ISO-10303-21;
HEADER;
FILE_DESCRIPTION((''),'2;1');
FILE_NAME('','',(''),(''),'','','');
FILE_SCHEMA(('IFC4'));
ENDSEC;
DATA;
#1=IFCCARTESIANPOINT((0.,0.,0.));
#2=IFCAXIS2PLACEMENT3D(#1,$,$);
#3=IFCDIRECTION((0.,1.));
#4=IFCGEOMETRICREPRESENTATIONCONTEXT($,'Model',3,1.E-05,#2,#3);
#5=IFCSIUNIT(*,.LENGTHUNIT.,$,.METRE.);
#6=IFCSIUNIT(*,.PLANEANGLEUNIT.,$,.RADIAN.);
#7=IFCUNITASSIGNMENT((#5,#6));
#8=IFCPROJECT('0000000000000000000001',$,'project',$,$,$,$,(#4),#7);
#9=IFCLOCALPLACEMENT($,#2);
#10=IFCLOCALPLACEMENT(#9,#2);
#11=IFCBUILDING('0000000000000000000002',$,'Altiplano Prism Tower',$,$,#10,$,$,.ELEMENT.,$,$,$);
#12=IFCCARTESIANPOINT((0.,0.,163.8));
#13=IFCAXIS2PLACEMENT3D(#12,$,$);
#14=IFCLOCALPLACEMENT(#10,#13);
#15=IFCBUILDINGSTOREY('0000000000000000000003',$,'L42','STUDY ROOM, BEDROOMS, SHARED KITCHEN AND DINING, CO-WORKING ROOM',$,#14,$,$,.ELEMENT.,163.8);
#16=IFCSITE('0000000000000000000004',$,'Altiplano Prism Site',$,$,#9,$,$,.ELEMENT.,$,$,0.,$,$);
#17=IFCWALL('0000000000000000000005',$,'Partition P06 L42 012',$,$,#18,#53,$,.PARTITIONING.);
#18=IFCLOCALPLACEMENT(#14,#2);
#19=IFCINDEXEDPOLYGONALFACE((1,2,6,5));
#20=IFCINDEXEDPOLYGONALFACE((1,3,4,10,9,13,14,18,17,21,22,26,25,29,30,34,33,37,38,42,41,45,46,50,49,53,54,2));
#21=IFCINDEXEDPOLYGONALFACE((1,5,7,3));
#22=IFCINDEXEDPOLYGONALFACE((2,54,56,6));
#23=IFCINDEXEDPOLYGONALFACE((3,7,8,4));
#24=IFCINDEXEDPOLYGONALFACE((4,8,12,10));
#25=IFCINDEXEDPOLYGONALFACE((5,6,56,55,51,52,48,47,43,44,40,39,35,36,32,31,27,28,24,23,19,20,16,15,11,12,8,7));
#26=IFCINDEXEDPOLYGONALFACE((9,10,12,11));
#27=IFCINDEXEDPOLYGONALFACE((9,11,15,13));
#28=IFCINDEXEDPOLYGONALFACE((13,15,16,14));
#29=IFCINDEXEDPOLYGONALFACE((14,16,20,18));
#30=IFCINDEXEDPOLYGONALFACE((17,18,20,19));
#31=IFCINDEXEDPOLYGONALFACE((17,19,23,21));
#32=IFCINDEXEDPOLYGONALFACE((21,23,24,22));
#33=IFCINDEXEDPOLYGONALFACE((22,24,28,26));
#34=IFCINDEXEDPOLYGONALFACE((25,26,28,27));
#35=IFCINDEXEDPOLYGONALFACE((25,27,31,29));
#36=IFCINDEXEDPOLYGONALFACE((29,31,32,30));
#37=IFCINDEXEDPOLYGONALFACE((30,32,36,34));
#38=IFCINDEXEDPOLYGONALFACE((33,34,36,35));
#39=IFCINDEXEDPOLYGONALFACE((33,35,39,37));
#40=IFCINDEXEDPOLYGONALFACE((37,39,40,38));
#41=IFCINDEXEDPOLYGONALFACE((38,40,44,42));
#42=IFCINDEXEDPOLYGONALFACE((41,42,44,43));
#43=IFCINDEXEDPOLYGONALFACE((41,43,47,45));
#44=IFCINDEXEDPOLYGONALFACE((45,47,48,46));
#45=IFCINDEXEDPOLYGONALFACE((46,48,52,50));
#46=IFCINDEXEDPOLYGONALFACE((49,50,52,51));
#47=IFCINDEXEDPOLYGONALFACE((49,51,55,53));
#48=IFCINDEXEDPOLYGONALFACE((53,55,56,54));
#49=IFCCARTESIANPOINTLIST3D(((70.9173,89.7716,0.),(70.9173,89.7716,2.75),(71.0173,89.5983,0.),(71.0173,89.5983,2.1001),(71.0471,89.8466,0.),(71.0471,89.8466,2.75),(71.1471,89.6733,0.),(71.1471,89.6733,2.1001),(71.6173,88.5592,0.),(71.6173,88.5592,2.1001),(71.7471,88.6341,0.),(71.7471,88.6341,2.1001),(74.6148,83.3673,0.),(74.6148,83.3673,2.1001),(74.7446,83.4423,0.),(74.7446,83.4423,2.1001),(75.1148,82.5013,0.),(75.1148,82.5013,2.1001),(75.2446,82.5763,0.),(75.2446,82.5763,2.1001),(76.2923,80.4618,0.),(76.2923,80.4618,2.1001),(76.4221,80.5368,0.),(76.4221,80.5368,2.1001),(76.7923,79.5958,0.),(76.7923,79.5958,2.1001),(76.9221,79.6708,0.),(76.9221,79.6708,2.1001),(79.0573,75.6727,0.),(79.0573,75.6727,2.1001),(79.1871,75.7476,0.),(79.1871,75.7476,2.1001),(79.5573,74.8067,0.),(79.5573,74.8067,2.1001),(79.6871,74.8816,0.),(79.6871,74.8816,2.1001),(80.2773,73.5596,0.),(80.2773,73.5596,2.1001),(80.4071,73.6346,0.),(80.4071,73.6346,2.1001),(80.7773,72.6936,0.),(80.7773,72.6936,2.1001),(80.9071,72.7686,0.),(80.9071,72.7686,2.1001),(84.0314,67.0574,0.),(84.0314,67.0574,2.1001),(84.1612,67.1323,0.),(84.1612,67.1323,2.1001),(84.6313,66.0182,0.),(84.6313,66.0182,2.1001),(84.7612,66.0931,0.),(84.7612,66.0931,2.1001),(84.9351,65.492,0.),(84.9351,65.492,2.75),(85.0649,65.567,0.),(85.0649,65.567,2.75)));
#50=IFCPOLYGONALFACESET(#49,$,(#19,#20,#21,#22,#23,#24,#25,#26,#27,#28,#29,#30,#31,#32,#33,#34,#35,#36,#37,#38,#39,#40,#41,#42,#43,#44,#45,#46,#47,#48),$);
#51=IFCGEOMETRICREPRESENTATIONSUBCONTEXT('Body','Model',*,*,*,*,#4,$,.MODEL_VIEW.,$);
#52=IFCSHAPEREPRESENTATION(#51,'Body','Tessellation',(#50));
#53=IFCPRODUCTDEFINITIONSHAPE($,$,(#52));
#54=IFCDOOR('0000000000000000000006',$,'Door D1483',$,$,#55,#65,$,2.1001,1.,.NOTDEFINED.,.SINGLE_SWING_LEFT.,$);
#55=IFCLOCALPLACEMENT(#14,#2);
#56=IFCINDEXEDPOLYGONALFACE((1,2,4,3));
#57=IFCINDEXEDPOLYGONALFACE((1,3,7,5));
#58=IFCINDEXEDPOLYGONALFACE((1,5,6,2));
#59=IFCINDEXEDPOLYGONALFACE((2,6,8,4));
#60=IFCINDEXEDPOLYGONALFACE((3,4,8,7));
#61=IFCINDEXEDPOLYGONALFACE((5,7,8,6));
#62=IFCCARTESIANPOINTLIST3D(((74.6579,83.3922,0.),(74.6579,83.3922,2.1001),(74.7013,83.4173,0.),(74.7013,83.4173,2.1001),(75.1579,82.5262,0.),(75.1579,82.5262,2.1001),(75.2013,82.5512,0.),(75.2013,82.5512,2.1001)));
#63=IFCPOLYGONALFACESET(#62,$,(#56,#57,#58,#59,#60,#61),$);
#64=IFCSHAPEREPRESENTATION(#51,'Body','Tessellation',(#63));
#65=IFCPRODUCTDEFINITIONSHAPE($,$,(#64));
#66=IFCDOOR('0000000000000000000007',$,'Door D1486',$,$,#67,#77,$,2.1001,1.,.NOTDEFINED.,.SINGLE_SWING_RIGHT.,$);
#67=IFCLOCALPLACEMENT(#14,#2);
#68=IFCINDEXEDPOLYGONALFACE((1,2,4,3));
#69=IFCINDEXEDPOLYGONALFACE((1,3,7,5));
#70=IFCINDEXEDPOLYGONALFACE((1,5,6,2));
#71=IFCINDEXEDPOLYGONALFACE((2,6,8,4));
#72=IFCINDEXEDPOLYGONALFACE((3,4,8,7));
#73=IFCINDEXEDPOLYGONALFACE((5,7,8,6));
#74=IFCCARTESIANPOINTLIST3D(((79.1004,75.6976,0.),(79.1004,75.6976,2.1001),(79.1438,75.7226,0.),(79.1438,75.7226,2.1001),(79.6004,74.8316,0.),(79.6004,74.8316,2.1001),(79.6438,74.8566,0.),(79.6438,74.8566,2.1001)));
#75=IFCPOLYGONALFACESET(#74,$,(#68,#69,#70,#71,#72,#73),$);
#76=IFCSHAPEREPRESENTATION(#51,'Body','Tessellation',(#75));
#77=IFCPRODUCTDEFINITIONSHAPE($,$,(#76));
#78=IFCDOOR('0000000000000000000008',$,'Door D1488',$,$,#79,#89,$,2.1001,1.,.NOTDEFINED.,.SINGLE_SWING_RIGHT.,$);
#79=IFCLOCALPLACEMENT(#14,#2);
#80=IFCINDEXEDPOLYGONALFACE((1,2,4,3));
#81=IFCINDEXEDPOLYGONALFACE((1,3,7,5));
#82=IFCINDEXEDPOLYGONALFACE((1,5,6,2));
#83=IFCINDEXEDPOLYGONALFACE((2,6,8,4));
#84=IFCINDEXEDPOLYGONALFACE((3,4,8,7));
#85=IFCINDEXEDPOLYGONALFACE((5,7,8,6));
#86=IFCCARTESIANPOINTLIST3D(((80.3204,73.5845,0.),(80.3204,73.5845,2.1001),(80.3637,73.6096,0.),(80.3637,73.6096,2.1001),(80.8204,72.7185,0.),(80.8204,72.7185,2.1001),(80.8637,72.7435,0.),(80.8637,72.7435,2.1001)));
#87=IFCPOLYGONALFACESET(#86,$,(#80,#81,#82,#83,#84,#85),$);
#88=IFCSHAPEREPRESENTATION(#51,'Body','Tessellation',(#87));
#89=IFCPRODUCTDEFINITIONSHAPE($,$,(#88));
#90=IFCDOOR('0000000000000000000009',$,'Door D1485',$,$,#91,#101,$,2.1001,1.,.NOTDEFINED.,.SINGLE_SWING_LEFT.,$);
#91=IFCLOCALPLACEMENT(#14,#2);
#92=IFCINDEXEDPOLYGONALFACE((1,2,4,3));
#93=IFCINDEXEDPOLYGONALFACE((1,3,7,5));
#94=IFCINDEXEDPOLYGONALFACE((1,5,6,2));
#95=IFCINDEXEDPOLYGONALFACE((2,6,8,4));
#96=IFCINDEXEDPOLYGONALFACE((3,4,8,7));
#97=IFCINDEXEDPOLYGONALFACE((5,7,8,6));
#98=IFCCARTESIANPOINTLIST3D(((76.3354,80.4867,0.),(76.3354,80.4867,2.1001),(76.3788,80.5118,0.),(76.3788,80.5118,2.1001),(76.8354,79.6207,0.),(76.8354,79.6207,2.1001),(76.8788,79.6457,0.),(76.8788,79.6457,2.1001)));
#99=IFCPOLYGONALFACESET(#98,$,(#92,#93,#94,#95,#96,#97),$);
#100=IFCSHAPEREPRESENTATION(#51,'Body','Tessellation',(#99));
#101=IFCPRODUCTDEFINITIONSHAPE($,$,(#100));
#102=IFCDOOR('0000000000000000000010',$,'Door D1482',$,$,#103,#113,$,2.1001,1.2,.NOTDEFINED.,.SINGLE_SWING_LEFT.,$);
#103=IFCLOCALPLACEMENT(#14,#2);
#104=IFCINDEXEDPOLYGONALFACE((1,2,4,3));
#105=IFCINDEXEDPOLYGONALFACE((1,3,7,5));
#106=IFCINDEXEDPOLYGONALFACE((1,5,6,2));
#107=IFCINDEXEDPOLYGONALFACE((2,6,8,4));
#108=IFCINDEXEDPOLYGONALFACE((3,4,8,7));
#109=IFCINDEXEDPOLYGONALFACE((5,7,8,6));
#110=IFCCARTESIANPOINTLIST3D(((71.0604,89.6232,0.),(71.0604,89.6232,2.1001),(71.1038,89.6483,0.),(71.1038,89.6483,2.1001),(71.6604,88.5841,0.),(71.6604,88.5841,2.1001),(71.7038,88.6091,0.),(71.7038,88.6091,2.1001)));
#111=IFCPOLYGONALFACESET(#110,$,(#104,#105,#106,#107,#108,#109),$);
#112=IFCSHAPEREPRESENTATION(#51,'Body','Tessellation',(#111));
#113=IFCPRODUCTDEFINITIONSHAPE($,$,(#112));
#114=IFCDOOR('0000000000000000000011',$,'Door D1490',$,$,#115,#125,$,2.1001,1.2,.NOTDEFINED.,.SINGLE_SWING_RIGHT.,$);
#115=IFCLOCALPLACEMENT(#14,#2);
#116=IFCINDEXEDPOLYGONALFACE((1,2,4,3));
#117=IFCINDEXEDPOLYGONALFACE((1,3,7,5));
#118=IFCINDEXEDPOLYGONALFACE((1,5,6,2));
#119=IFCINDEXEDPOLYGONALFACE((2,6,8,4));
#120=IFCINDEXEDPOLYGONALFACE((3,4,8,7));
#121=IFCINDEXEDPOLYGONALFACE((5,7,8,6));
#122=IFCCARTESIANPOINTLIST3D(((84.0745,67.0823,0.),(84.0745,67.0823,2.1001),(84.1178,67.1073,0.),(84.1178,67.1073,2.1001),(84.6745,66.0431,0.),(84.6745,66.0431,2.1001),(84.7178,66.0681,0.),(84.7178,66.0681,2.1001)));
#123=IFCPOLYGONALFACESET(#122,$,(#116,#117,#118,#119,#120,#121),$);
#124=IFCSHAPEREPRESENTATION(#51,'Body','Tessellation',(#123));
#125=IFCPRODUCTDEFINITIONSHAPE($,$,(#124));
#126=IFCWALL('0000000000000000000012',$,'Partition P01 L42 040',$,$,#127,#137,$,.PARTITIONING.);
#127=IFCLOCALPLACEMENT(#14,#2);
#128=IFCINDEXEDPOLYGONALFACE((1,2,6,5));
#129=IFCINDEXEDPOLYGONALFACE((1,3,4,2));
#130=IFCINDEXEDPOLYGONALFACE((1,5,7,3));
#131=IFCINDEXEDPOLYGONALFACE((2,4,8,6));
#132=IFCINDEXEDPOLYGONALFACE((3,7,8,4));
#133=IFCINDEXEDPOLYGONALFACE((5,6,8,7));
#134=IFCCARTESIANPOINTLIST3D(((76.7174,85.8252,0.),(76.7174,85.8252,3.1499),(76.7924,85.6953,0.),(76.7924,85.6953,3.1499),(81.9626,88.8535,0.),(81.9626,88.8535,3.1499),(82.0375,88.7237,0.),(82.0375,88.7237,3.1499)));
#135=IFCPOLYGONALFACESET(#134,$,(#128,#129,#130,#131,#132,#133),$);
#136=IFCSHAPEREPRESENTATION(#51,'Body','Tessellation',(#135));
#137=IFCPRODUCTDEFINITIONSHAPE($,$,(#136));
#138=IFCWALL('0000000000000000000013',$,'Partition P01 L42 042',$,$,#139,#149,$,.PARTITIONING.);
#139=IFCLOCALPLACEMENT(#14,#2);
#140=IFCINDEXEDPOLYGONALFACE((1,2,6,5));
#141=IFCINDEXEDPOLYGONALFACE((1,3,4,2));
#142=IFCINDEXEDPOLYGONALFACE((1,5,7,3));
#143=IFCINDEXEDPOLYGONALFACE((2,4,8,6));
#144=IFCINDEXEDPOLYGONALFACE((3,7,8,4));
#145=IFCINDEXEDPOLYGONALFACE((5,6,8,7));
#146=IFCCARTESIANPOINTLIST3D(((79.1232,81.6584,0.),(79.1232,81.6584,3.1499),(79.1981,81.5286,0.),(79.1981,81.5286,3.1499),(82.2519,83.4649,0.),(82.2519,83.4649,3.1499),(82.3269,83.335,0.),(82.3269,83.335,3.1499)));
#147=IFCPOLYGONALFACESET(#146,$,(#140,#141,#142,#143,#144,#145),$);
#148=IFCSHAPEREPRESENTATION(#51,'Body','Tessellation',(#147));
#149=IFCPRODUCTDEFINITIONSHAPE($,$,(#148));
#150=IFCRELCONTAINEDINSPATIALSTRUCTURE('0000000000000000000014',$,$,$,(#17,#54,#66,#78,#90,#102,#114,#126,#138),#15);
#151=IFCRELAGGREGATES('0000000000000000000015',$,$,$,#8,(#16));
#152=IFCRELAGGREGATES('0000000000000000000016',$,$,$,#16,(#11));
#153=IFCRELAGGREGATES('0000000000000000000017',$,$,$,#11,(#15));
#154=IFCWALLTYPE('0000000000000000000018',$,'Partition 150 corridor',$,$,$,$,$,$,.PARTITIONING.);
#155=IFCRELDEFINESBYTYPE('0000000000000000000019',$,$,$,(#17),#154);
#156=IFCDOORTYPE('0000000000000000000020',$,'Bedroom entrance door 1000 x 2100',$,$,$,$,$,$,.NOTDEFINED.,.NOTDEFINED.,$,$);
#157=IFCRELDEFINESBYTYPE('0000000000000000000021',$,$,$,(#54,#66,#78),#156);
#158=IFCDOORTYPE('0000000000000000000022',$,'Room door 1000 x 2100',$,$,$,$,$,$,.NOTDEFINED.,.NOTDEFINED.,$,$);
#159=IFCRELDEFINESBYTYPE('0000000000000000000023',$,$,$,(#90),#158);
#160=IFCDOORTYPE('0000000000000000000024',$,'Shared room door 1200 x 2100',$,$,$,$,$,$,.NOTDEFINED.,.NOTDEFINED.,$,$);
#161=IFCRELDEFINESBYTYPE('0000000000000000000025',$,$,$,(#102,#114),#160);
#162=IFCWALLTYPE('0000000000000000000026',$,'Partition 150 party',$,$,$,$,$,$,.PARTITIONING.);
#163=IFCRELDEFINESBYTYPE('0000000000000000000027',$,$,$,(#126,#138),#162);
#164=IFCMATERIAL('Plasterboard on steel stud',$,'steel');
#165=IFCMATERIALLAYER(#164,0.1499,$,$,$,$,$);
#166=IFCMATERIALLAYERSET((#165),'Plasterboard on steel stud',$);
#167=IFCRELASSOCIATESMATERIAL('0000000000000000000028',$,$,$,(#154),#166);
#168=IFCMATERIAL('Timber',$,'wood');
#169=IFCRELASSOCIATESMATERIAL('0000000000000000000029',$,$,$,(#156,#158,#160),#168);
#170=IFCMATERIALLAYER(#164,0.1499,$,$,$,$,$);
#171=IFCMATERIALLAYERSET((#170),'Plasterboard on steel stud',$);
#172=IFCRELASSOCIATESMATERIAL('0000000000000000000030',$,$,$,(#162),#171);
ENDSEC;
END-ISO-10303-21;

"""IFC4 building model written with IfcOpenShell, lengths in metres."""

from ifc_helpers import new_model, si_unit, direction, frame, frame_2d, origin, place, context, subcontext, project, spatial, rectangle, extrude, material, layer, layer_set, type_object, element, fill, save


model = new_model("IFC4")

# Units and contexts
model_context = context("Model", 3, precision=1e-05, world=origin(), true_north=direction((0.0, 1.0)))
body_context = subcontext(model_context, "Body", "Model", "MODEL_VIEW")
ifc_project = project(units=[si_unit("LENGTHUNIT", "METRE"), si_unit("PLANEANGLEUNIT", "RADIAN")], contexts=[model_context])

# Site, building, storey
site_placement = place(None, origin())
site = spatial("IfcSite", under=ifc_project, at=site_placement, Name="Altiplano Prism Site", CompositionType="ELEMENT", RefElevation=0.0)
building_placement = place(site_placement, origin())
building = spatial("IfcBuilding", under=site, at=building_placement, Name="Altiplano Prism Tower", CompositionType="ELEMENT")
storey_placement = place(building_placement, frame((0.0, 0.0, 163.8)))
storey = spatial("IfcBuildingStorey", under=building, at=storey_placement, Name="L42", Description="STUDY ROOM, BEDROOMS, SHARED KITCHEN AND DINING, CO-WORKING ROOM", CompositionType="ELEMENT", Elevation=163.8)

# Shared definitions
ifc_material_1 = material(Name="Plasterboard on steel stud", Category="steel")
ifc_material_2 = material(Name="Timber", Category="wood")

# Shared definitions
ifc_layer_1 = layer(ifc_material_1, 0.1499)
ifc_layer_set_1 = layer_set([ifc_layer_1], Name="Plasterboard on steel stud")
wall_type_1 = type_object("IfcWallType", Name="Partition 150 corridor", PredefinedType="PARTITIONING", material=ifc_layer_set_1)

# Wall, openings, doors
wall_1_placement = place(storey_placement, frame((70.9822, 89.8091, 0.0), z_axis=(0.0, 0.0, 1.0), x_axis=(0.500001, -0.866025, 0.0)))
wall_1 = element("IfcWall", 1, at=wall_1_placement, inside=storey, type_object=wall_type_1, Name="Partition P06 L42 012", PredefinedType="PARTITIONING", context=body_context, shape_type="SweptSolid", body=[
    extrude(rectangle(XDim=28.0356, YDim=0.1499, at=frame_2d((14.0178, 0.0))), origin(), (0.0, 0.0, 1.0), 2.75),
])
opening_1_placement = place(wall_1_placement, frame((0.2, 0.0, 0.0)))
opening_1 = element("IfcOpeningElement", 2, at=opening_1_placement, cuts=wall_1, PredefinedType="OPENING", context=body_context, shape_type="SweptSolid", body=[
    extrude(rectangle(XDim=1.2, YDim=2.1001, at=frame_2d((0.6001, 1.05))), frame((0.0, 0.0854, 0.0), z_axis=(0.0, -1.0, 0.0), x_axis=(1.0, 0.0, 0.0)), (0.0, 0.0, 1.0), 0.1709),
])
opening_2_placement = place(wall_1_placement, frame((7.395, 0.0, 0.0)))
opening_2 = element("IfcOpeningElement", 3, at=opening_2_placement, cuts=wall_1, PredefinedType="OPENING", context=body_context, shape_type="SweptSolid", body=[
    extrude(rectangle(XDim=1.0, YDim=2.1001, at=frame_2d((0.5, 1.05))), frame((0.0, 0.0854, 0.0), z_axis=(0.0, -1.0, 0.0), x_axis=(1.0, 0.0, 0.0)), (0.0, 0.0, 1.0), 0.1709),
])
opening_3_placement = place(wall_1_placement, frame((10.75, 0.0, 0.0)))
opening_3 = element("IfcOpeningElement", 4, at=opening_3_placement, cuts=wall_1, PredefinedType="OPENING", context=body_context, shape_type="SweptSolid", body=[
    extrude(rectangle(XDim=1.0, YDim=2.1001, at=frame_2d((0.5, 1.05))), frame((0.0, 0.0854, 0.0), z_axis=(0.0, -1.0, 0.0), x_axis=(1.0, 0.0, 0.0)), (0.0, 0.0, 1.0), 0.1709),
])
opening_4_placement = place(wall_1_placement, frame((16.28, 0.0, 0.0)))
opening_4 = element("IfcOpeningElement", 5, at=opening_4_placement, cuts=wall_1, PredefinedType="OPENING", context=body_context, shape_type="SweptSolid", body=[
    extrude(rectangle(XDim=1.0, YDim=2.1001, at=frame_2d((0.5, 1.05))), frame((0.0, 0.0854, 0.0), z_axis=(0.0, -1.0, 0.0), x_axis=(1.0, 0.0, 0.0)), (0.0, 0.0, 1.0), 0.1709),
])
opening_5_placement = place(wall_1_placement, frame((18.72, 0.0, 0.0)))
opening_5 = element("IfcOpeningElement", 6, at=opening_5_placement, cuts=wall_1, PredefinedType="OPENING", context=body_context, shape_type="SweptSolid", body=[
    extrude(rectangle(XDim=1.0, YDim=2.1001, at=frame_2d((0.5, 1.05))), frame((0.0, 0.0854, 0.0), z_axis=(0.0, -1.0, 0.0), x_axis=(1.0, 0.0, 0.0)), (0.0, 0.0, 1.0), 0.1709),
])
opening_6_placement = place(wall_1_placement, frame((26.228, 0.0, 0.0)))
opening_6 = element("IfcOpeningElement", 7, at=opening_6_placement, cuts=wall_1, PredefinedType="OPENING", context=body_context, shape_type="SweptSolid", body=[
    extrude(rectangle(XDim=1.2, YDim=2.1001, at=frame_2d((0.6001, 1.05))), frame((0.0, 0.0854, 0.0), z_axis=(0.0, -1.0, 0.0), x_axis=(1.0, 0.0, 0.0)), (0.0, 0.0, 1.0), 0.1709),
])
door_type_1 = type_object("IfcDoorType", Name="Bedroom entrance door 1000 x 2100", OperationType="NOTDEFINED", PredefinedType="NOTDEFINED", material=ifc_material_2)
door_1_placement = place(opening_2_placement, origin())
door_1 = element("IfcDoor", 8, at=door_1_placement, inside=storey, type_object=door_type_1, Name="Door D1483", OperationType="SINGLE_SWING_LEFT", OverallHeight=2.1001, OverallWidth=1.0, PredefinedType="NOTDEFINED", context=body_context, shape_type="SweptSolid", body=[
    extrude(rectangle(XDim=1.0, YDim=2.1001, at=frame_2d((0.5, 1.05))), frame((0.0, 0.0249, 0.0), z_axis=(0.0, -1.0, 0.0), x_axis=(1.0, 0.0, 0.0)), (0.0, 0.0, 1.0), 0.05),
])
fill(opening_2, door_1)
door_2_placement = place(opening_4_placement, origin())
door_2 = element("IfcDoor", 9, at=door_2_placement, inside=storey, type_object=door_type_1, Name="Door D1486", OperationType="SINGLE_SWING_RIGHT", OverallHeight=2.1001, OverallWidth=1.0, PredefinedType="NOTDEFINED", context=body_context, shape_type="SweptSolid", body=[
    extrude(rectangle(XDim=1.0, YDim=2.1001, at=frame_2d((0.5, 1.05))), frame((0.0, 0.0249, 0.0), z_axis=(0.0, -1.0, 0.0), x_axis=(1.0, 0.0, 0.0)), (0.0, 0.0, 1.0), 0.05),
])
fill(opening_4, door_2)
door_3_placement = place(opening_5_placement, origin())
door_3 = element("IfcDoor", 10, at=door_3_placement, inside=storey, type_object=door_type_1, Name="Door D1488", OperationType="SINGLE_SWING_RIGHT", OverallHeight=2.1001, OverallWidth=1.0, PredefinedType="NOTDEFINED", context=body_context, shape_type="SweptSolid", body=[
    extrude(rectangle(XDim=1.0, YDim=2.1001, at=frame_2d((0.5, 1.05))), frame((0.0, 0.0249, 0.0), z_axis=(0.0, -1.0, 0.0), x_axis=(1.0, 0.0, 0.0)), (0.0, 0.0, 1.0), 0.05),
])
fill(opening_5, door_3)
door_type_2 = type_object("IfcDoorType", Name="Room door 1000 x 2100", OperationType="NOTDEFINED", PredefinedType="NOTDEFINED", material=ifc_material_2)
door_4_placement = place(opening_3_placement, origin())
door_4 = element("IfcDoor", 11, at=door_4_placement, inside=storey, type_object=door_type_2, Name="Door D1485", OperationType="SINGLE_SWING_LEFT", OverallHeight=2.1001, OverallWidth=1.0, PredefinedType="NOTDEFINED", context=body_context, shape_type="SweptSolid", body=[
    extrude(rectangle(XDim=1.0, YDim=2.1001, at=frame_2d((0.5, 1.05))), frame((0.0, 0.0249, 0.0), z_axis=(0.0, -1.0, 0.0), x_axis=(1.0, 0.0, 0.0)), (0.0, 0.0, 1.0), 0.05),
])
fill(opening_3, door_4)
door_type_3 = type_object("IfcDoorType", Name="Shared room door 1200 x 2100", OperationType="NOTDEFINED", PredefinedType="NOTDEFINED", material=ifc_material_2)
door_5_placement = place(opening_1_placement, origin())
door_5 = element("IfcDoor", 12, at=door_5_placement, inside=storey, type_object=door_type_3, Name="Door D1482", OperationType="SINGLE_SWING_LEFT", OverallHeight=2.1001, OverallWidth=1.2, PredefinedType="NOTDEFINED", context=body_context, shape_type="SweptSolid", body=[
    extrude(rectangle(XDim=1.2, YDim=2.1001, at=frame_2d((0.6001, 1.05))), frame((0.0, 0.0249, 0.0), z_axis=(0.0, -1.0, 0.0), x_axis=(1.0, 0.0, 0.0)), (0.0, 0.0, 1.0), 0.05),
])
fill(opening_1, door_5)
door_6_placement = place(opening_6_placement, origin())
door_6 = element("IfcDoor", 13, at=door_6_placement, inside=storey, type_object=door_type_3, Name="Door D1490", OperationType="SINGLE_SWING_RIGHT", OverallHeight=2.1001, OverallWidth=1.2, PredefinedType="NOTDEFINED", context=body_context, shape_type="SweptSolid", body=[
    extrude(rectangle(XDim=1.2, YDim=2.1001, at=frame_2d((0.6001, 1.05))), frame((0.0, 0.0249, 0.0), z_axis=(0.0, -1.0, 0.0), x_axis=(1.0, 0.0, 0.0)), (0.0, 0.0, 1.0), 0.05),
])
fill(opening_6, door_6)

# Walls
ifc_layer_2 = layer(ifc_material_1, 0.1499)
ifc_layer_set_2 = layer_set([ifc_layer_2], Name="Plasterboard on steel stud")
wall_type_2 = type_object("IfcWallType", Name="Partition 150 party", PredefinedType="PARTITIONING", material=ifc_layer_set_2)
wall_2_placement = place(storey_placement, frame((76.7549, 85.7603, 0.0), z_axis=(0.0, 0.0, 1.0), x_axis=(0.866022, 0.500006, 0.0)))
element("IfcWall", 14, at=wall_2_placement, inside=storey, type_object=wall_type_2, Name="Partition P01 L42 040", PredefinedType="PARTITIONING", context=body_context, shape_type="SweptSolid", body=[
    extrude(rectangle(XDim=6.0566, YDim=0.1499, at=frame_2d((3.0283, 0.0))), origin(), (0.0, 0.0, 1.0), 3.1499),
])
wall_3_placement = place(storey_placement, frame((79.1606, 81.5935, 0.0), z_axis=(0.0, 0.0, 1.0), x_axis=(0.866018, 0.500013, 0.0)))
element("IfcWall", 15, at=wall_3_placement, inside=storey, type_object=wall_type_2, Name="Partition P01 L42 042", PredefinedType="PARTITIONING", context=body_context, shape_type="SweptSolid", body=[
    extrude(rectangle(XDim=3.6128, YDim=0.1499, at=frame_2d((1.8064, 0.0))), origin(), (0.0, 0.0, 1.0), 3.1499),
])

save(model, "model.ifc")
